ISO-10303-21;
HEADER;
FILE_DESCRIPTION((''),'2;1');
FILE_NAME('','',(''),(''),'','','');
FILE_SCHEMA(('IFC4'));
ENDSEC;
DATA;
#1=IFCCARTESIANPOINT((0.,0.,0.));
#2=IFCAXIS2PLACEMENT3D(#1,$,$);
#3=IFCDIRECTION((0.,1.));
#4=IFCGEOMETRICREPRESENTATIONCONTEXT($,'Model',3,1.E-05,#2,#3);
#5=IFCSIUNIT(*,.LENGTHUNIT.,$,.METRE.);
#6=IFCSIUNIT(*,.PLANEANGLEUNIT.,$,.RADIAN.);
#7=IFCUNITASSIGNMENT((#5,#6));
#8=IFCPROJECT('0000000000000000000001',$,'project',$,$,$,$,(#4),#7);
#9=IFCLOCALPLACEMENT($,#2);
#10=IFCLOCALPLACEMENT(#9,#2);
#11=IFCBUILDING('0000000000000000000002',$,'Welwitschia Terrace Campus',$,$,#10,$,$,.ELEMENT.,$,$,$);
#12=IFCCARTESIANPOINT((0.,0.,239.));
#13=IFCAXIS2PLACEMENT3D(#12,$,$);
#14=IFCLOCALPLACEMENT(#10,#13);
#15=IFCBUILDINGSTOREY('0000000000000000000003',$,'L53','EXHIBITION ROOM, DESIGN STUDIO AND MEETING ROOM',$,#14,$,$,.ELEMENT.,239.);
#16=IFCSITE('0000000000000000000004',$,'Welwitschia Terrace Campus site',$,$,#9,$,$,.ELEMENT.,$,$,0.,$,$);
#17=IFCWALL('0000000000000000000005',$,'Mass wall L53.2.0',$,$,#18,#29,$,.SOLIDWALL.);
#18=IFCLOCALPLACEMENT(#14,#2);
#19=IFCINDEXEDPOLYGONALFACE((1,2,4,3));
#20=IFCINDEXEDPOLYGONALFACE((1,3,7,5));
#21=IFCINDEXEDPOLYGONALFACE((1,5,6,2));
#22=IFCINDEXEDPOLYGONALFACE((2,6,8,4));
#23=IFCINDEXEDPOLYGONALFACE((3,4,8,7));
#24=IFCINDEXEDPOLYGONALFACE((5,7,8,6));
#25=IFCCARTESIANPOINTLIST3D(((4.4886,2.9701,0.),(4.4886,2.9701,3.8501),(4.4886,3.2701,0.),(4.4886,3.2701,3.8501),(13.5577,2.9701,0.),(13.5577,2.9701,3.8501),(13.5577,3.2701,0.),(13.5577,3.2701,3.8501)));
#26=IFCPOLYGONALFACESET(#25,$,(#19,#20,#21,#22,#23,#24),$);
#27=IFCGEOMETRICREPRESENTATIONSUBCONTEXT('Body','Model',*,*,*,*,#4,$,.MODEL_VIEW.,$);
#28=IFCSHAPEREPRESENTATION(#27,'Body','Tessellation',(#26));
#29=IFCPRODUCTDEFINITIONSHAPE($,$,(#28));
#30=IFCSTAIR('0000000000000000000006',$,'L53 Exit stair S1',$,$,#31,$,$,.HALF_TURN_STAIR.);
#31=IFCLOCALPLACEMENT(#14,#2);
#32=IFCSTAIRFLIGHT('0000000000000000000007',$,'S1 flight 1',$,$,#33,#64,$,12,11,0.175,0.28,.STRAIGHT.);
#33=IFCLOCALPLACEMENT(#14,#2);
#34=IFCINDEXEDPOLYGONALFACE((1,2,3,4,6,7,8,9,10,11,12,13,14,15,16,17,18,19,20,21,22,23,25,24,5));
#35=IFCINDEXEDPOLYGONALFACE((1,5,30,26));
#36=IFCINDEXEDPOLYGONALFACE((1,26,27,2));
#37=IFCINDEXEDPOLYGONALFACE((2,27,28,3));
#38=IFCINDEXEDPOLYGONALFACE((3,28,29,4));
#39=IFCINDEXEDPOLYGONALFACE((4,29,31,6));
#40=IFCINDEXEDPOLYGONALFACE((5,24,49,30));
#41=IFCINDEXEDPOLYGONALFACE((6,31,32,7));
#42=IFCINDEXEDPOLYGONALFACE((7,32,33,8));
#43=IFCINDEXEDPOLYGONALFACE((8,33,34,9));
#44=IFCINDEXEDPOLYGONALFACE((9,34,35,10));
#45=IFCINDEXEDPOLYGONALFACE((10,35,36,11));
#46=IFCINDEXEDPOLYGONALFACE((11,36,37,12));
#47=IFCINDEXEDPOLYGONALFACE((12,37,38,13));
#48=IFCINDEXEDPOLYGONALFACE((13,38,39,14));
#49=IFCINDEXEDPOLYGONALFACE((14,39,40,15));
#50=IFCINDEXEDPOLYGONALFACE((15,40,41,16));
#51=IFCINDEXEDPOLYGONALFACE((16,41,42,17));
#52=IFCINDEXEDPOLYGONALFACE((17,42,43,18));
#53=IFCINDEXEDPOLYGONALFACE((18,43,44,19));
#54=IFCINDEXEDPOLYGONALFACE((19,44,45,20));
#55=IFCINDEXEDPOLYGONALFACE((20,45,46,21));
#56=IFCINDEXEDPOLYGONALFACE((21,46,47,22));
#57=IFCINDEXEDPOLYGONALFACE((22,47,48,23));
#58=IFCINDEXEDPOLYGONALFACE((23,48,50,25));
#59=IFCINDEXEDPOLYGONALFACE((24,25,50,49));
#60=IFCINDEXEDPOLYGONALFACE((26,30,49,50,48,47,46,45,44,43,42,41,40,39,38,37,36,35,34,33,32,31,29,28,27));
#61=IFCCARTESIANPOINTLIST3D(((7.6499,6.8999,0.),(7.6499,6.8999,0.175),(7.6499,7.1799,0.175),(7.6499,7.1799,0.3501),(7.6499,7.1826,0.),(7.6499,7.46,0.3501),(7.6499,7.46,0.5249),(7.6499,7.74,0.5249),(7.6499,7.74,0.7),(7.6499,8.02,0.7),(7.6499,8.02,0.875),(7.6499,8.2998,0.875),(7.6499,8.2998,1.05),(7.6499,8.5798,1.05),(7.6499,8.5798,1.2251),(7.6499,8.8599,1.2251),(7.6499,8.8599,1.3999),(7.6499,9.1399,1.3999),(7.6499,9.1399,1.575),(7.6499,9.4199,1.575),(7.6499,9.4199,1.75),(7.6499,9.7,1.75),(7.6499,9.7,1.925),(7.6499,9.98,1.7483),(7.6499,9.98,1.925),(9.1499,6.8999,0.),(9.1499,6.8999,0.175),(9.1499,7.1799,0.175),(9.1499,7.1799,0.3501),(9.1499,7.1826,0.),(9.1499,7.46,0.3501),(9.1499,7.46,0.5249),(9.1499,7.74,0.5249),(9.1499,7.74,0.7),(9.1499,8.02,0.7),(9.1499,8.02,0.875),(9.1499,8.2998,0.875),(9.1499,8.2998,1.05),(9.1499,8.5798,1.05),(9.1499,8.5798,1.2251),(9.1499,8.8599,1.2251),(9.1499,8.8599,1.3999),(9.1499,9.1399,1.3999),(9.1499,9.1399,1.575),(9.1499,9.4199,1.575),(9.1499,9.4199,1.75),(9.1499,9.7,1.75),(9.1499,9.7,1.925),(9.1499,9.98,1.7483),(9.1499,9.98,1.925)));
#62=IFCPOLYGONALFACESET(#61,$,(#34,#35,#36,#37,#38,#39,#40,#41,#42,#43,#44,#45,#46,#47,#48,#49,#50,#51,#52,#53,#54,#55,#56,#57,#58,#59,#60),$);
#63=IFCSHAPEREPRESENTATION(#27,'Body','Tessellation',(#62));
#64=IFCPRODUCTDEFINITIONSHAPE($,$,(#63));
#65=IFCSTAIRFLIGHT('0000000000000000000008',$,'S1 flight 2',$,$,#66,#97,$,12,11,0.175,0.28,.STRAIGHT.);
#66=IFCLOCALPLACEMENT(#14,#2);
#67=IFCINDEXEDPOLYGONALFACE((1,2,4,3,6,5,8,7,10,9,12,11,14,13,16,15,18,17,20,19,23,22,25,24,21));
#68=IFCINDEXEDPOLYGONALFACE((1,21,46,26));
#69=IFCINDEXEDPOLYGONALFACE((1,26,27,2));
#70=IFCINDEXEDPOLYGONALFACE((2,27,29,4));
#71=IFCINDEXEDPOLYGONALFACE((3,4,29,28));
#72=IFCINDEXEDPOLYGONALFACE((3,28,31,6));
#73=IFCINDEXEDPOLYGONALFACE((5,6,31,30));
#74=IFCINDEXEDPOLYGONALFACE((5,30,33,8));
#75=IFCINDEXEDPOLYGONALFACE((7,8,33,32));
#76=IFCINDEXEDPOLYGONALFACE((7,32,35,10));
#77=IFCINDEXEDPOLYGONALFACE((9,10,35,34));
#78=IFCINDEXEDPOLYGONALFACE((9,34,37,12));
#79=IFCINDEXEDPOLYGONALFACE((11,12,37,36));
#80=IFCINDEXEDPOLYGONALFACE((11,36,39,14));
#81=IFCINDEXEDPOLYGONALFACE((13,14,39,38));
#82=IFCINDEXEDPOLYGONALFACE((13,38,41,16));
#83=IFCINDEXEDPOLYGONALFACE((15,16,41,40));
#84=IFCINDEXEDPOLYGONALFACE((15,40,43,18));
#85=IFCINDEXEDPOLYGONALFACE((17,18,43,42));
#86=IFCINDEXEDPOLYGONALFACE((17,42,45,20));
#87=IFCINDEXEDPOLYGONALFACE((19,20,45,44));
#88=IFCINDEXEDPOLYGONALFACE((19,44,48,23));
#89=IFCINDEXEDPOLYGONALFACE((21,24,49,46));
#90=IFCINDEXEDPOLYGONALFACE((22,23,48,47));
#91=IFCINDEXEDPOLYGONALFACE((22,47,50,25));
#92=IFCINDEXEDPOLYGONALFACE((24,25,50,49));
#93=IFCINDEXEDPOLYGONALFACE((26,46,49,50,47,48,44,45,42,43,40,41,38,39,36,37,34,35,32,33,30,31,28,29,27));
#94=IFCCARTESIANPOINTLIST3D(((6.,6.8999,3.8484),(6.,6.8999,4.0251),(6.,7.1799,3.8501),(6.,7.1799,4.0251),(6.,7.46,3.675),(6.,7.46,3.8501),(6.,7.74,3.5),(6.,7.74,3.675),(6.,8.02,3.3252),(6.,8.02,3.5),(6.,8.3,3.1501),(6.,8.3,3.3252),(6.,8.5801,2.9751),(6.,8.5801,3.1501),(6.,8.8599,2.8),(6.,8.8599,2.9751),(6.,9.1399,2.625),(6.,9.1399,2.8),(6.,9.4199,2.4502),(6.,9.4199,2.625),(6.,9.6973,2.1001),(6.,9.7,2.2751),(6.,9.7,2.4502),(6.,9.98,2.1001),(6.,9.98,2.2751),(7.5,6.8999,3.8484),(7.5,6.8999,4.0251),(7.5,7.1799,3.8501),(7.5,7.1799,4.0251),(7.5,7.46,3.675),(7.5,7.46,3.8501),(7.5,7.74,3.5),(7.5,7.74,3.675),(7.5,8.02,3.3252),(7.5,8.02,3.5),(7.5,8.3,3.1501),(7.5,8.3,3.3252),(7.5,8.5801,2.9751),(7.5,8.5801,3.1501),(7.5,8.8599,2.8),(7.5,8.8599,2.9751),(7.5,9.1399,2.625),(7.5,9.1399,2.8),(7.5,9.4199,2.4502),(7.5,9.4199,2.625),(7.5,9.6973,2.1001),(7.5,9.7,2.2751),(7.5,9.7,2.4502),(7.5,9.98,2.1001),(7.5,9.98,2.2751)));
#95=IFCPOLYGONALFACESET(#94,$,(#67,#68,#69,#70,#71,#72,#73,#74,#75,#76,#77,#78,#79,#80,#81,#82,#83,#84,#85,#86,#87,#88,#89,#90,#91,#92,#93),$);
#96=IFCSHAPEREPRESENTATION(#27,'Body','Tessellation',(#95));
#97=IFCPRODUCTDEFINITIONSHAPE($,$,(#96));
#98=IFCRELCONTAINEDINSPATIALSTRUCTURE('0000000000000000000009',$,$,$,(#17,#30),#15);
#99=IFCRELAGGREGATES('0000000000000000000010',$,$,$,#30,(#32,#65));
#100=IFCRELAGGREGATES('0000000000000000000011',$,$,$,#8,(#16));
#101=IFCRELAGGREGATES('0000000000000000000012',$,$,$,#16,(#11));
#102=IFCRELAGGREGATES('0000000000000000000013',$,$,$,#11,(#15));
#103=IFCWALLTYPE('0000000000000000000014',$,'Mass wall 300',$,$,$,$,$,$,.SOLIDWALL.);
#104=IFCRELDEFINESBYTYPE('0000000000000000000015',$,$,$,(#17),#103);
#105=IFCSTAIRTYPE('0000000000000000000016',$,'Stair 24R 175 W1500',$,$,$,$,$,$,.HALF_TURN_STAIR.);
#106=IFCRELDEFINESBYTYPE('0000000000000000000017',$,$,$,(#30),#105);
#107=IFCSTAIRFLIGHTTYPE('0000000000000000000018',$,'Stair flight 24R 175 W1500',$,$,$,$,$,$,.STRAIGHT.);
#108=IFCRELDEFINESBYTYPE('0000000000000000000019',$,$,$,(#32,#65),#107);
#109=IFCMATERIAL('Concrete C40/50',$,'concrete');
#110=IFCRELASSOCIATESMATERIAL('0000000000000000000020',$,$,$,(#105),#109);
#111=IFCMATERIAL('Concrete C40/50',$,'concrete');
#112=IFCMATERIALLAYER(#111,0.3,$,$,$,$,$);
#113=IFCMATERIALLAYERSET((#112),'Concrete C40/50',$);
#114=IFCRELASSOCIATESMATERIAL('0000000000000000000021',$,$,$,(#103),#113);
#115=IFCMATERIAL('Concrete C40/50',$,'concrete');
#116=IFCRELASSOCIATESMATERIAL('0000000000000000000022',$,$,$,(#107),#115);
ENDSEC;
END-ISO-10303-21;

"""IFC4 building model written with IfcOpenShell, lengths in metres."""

from ifc_helpers import new_model, si_unit, direction, frame, frame_2d, origin, place, context, subcontext, project, spatial, polyline, rectangle, outline, extrude, material, layer, layer_set, type_object, element, aggregate, save


model = new_model("IFC4")

# Units and contexts
model_context = context("Model", 3, precision=1e-05, world=origin(), true_north=direction((0.0, 1.0)))
body_context = subcontext(model_context, "Body", "Model", "MODEL_VIEW")
ifc_project = project(units=[si_unit("LENGTHUNIT", "METRE"), si_unit("PLANEANGLEUNIT", "RADIAN")], contexts=[model_context])

# Site, building, storey
site_placement = place(None, origin())
site = spatial("IfcSite", under=ifc_project, at=site_placement, Name="Welwitschia Terrace Campus site", CompositionType="ELEMENT", RefElevation=0.0)
building_placement = place(site_placement, origin())
building = spatial("IfcBuilding", under=site, at=building_placement, Name="Welwitschia Terrace Campus", CompositionType="ELEMENT")
storey_placement = place(building_placement, frame((0.0, 0.0, 239.0)))
storey = spatial("IfcBuildingStorey", under=building, at=storey_placement, Name="L53", Description="EXHIBITION ROOM, DESIGN STUDIO AND MEETING ROOM", CompositionType="ELEMENT", Elevation=239.0)

# Shared definitions
ifc_material_1 = material(Name="Concrete C40/50", Category="concrete")
stair_type = type_object("IfcStairType", Name="Stair 24R 175 W1500", PredefinedType="HALF_TURN_STAIR", material=ifc_material_1)

# Wall
ifc_material_2 = material(Name="Concrete C40/50", Category="concrete")
ifc_layer_1 = layer(ifc_material_2, 0.3)
ifc_layer_set_1 = layer_set([ifc_layer_1], Name="Concrete C40/50")
wall_type_1 = type_object("IfcWallType", Name="Mass wall 300", PredefinedType="SOLIDWALL", material=ifc_layer_set_1)
wall_1_placement = place(storey_placement, frame((4.4885, 3.1201, 0.0), z_axis=(0.0, 0.0, 1.0), x_axis=(1.0, 0.0, 0.0)))
element("IfcWall", 1, at=wall_1_placement, inside=storey, type_object=wall_type_1, Name="Mass wall L53.2.0", PredefinedType="SOLIDWALL", context=body_context, shape_type="SweptSolid", body=[
    extrude(rectangle(XDim=9.0691, YDim=0.3, at=frame_2d((4.5347, 0.0))), origin(), (0.0, 0.0, 1.0), 3.8501),
])

# Stair, stair flights
stair_1_placement = place(storey_placement, origin())
stair_1 = element("IfcStair", 2, at=stair_1_placement, inside=storey, type_object=stair_type, Name="L53 Exit stair S1", PredefinedType="HALF_TURN_STAIR")
ifc_material_3 = material(Name="Concrete C40/50", Category="concrete")
stair_flight_type = type_object("IfcStairFlightType", Name="Stair flight 24R 175 W1500", PredefinedType="STRAIGHT", material=ifc_material_3)
stair_flight_1_placement = place(storey_placement, frame((8.3999, 6.8999, 0.0), z_axis=(0.0, 0.0, 1.0), x_axis=(0.0, 1.0, 0.0)))
stair_flight_1 = element("IfcStairFlight", 3, at=stair_flight_1_placement, type_object=stair_flight_type, Name="S1 flight 1", NumberOfRisers=12, NumberOfTreads=11, PredefinedType="STRAIGHT", RiserHeight=0.175, TreadLength=0.28, context=body_context, shape_type="SweptSolid", body=[
    extrude(outline(polyline([(0.0, 0.0), (0.0, 0.175), (0.28, 0.175), (0.28, 0.3501), (0.5601, 0.3501), (0.5601, 0.5249), (0.8401, 0.5249), (0.8401, 0.7), (1.1201, 0.7), (1.1201, 0.875), (1.3999, 0.875), (1.3999, 1.05), (1.6799, 1.05), (1.6799, 1.2251), (1.96, 1.2251), (1.96, 1.3999), (2.24, 1.3999), (2.24, 1.575), (2.52, 1.575), (2.52, 1.75), (2.8, 1.75), (2.8, 1.925), (3.0801, 1.925), (3.0801, 2.1001), (3.0801, 1.7483), (0.2827, 0.0), (0.0, 0.0)])), frame((0.0, 0.75, 0.0), z_axis=(0.0, -1.0, 0.0), x_axis=(1.0, 0.0, 0.0)), (0.0, 0.0, 1.0), 1.5),
])
stair_flight_2_placement = place(storey_placement, frame((6.75, 9.98, 2.1001), z_axis=(0.0, 0.0, 1.0), x_axis=(0.0, -1.0, 0.0)))
stair_flight_2 = element("IfcStairFlight", 4, at=stair_flight_2_placement, type_object=stair_flight_type, Name="S1 flight 2", NumberOfRisers=12, NumberOfTreads=11, PredefinedType="STRAIGHT", RiserHeight=0.175, TreadLength=0.28, context=body_context, shape_type="SweptSolid", body=[
    extrude(outline(polyline([(0.0, 0.0), (0.0, 0.175), (0.28, 0.175), (0.28, 0.3501), (0.5601, 0.3501), (0.5601, 0.5249), (0.8401, 0.5249), (0.8401, 0.7), (1.1201, 0.7), (1.1201, 0.875), (1.3999, 0.875), (1.3999, 1.05), (1.6799, 1.05), (1.6799, 1.2251), (1.96, 1.2251), (1.96, 1.3999), (2.24, 1.3999), (2.24, 1.575), (2.52, 1.575), (2.52, 1.75), (2.8, 1.75), (2.8, 1.925), (3.0801, 1.925), (3.0801, 2.1001), (3.0801, 1.7483), (0.2827, 0.0), (0.0, 0.0)])), frame((0.0, 0.75, 0.0), z_axis=(0.0, -1.0, 0.0), x_axis=(1.0, 0.0, 0.0)), (0.0, 0.0, 1.0), 1.5),
])
aggregate(stair_1, [stair_flight_1, stair_flight_2])

save(model, "model.ifc")
